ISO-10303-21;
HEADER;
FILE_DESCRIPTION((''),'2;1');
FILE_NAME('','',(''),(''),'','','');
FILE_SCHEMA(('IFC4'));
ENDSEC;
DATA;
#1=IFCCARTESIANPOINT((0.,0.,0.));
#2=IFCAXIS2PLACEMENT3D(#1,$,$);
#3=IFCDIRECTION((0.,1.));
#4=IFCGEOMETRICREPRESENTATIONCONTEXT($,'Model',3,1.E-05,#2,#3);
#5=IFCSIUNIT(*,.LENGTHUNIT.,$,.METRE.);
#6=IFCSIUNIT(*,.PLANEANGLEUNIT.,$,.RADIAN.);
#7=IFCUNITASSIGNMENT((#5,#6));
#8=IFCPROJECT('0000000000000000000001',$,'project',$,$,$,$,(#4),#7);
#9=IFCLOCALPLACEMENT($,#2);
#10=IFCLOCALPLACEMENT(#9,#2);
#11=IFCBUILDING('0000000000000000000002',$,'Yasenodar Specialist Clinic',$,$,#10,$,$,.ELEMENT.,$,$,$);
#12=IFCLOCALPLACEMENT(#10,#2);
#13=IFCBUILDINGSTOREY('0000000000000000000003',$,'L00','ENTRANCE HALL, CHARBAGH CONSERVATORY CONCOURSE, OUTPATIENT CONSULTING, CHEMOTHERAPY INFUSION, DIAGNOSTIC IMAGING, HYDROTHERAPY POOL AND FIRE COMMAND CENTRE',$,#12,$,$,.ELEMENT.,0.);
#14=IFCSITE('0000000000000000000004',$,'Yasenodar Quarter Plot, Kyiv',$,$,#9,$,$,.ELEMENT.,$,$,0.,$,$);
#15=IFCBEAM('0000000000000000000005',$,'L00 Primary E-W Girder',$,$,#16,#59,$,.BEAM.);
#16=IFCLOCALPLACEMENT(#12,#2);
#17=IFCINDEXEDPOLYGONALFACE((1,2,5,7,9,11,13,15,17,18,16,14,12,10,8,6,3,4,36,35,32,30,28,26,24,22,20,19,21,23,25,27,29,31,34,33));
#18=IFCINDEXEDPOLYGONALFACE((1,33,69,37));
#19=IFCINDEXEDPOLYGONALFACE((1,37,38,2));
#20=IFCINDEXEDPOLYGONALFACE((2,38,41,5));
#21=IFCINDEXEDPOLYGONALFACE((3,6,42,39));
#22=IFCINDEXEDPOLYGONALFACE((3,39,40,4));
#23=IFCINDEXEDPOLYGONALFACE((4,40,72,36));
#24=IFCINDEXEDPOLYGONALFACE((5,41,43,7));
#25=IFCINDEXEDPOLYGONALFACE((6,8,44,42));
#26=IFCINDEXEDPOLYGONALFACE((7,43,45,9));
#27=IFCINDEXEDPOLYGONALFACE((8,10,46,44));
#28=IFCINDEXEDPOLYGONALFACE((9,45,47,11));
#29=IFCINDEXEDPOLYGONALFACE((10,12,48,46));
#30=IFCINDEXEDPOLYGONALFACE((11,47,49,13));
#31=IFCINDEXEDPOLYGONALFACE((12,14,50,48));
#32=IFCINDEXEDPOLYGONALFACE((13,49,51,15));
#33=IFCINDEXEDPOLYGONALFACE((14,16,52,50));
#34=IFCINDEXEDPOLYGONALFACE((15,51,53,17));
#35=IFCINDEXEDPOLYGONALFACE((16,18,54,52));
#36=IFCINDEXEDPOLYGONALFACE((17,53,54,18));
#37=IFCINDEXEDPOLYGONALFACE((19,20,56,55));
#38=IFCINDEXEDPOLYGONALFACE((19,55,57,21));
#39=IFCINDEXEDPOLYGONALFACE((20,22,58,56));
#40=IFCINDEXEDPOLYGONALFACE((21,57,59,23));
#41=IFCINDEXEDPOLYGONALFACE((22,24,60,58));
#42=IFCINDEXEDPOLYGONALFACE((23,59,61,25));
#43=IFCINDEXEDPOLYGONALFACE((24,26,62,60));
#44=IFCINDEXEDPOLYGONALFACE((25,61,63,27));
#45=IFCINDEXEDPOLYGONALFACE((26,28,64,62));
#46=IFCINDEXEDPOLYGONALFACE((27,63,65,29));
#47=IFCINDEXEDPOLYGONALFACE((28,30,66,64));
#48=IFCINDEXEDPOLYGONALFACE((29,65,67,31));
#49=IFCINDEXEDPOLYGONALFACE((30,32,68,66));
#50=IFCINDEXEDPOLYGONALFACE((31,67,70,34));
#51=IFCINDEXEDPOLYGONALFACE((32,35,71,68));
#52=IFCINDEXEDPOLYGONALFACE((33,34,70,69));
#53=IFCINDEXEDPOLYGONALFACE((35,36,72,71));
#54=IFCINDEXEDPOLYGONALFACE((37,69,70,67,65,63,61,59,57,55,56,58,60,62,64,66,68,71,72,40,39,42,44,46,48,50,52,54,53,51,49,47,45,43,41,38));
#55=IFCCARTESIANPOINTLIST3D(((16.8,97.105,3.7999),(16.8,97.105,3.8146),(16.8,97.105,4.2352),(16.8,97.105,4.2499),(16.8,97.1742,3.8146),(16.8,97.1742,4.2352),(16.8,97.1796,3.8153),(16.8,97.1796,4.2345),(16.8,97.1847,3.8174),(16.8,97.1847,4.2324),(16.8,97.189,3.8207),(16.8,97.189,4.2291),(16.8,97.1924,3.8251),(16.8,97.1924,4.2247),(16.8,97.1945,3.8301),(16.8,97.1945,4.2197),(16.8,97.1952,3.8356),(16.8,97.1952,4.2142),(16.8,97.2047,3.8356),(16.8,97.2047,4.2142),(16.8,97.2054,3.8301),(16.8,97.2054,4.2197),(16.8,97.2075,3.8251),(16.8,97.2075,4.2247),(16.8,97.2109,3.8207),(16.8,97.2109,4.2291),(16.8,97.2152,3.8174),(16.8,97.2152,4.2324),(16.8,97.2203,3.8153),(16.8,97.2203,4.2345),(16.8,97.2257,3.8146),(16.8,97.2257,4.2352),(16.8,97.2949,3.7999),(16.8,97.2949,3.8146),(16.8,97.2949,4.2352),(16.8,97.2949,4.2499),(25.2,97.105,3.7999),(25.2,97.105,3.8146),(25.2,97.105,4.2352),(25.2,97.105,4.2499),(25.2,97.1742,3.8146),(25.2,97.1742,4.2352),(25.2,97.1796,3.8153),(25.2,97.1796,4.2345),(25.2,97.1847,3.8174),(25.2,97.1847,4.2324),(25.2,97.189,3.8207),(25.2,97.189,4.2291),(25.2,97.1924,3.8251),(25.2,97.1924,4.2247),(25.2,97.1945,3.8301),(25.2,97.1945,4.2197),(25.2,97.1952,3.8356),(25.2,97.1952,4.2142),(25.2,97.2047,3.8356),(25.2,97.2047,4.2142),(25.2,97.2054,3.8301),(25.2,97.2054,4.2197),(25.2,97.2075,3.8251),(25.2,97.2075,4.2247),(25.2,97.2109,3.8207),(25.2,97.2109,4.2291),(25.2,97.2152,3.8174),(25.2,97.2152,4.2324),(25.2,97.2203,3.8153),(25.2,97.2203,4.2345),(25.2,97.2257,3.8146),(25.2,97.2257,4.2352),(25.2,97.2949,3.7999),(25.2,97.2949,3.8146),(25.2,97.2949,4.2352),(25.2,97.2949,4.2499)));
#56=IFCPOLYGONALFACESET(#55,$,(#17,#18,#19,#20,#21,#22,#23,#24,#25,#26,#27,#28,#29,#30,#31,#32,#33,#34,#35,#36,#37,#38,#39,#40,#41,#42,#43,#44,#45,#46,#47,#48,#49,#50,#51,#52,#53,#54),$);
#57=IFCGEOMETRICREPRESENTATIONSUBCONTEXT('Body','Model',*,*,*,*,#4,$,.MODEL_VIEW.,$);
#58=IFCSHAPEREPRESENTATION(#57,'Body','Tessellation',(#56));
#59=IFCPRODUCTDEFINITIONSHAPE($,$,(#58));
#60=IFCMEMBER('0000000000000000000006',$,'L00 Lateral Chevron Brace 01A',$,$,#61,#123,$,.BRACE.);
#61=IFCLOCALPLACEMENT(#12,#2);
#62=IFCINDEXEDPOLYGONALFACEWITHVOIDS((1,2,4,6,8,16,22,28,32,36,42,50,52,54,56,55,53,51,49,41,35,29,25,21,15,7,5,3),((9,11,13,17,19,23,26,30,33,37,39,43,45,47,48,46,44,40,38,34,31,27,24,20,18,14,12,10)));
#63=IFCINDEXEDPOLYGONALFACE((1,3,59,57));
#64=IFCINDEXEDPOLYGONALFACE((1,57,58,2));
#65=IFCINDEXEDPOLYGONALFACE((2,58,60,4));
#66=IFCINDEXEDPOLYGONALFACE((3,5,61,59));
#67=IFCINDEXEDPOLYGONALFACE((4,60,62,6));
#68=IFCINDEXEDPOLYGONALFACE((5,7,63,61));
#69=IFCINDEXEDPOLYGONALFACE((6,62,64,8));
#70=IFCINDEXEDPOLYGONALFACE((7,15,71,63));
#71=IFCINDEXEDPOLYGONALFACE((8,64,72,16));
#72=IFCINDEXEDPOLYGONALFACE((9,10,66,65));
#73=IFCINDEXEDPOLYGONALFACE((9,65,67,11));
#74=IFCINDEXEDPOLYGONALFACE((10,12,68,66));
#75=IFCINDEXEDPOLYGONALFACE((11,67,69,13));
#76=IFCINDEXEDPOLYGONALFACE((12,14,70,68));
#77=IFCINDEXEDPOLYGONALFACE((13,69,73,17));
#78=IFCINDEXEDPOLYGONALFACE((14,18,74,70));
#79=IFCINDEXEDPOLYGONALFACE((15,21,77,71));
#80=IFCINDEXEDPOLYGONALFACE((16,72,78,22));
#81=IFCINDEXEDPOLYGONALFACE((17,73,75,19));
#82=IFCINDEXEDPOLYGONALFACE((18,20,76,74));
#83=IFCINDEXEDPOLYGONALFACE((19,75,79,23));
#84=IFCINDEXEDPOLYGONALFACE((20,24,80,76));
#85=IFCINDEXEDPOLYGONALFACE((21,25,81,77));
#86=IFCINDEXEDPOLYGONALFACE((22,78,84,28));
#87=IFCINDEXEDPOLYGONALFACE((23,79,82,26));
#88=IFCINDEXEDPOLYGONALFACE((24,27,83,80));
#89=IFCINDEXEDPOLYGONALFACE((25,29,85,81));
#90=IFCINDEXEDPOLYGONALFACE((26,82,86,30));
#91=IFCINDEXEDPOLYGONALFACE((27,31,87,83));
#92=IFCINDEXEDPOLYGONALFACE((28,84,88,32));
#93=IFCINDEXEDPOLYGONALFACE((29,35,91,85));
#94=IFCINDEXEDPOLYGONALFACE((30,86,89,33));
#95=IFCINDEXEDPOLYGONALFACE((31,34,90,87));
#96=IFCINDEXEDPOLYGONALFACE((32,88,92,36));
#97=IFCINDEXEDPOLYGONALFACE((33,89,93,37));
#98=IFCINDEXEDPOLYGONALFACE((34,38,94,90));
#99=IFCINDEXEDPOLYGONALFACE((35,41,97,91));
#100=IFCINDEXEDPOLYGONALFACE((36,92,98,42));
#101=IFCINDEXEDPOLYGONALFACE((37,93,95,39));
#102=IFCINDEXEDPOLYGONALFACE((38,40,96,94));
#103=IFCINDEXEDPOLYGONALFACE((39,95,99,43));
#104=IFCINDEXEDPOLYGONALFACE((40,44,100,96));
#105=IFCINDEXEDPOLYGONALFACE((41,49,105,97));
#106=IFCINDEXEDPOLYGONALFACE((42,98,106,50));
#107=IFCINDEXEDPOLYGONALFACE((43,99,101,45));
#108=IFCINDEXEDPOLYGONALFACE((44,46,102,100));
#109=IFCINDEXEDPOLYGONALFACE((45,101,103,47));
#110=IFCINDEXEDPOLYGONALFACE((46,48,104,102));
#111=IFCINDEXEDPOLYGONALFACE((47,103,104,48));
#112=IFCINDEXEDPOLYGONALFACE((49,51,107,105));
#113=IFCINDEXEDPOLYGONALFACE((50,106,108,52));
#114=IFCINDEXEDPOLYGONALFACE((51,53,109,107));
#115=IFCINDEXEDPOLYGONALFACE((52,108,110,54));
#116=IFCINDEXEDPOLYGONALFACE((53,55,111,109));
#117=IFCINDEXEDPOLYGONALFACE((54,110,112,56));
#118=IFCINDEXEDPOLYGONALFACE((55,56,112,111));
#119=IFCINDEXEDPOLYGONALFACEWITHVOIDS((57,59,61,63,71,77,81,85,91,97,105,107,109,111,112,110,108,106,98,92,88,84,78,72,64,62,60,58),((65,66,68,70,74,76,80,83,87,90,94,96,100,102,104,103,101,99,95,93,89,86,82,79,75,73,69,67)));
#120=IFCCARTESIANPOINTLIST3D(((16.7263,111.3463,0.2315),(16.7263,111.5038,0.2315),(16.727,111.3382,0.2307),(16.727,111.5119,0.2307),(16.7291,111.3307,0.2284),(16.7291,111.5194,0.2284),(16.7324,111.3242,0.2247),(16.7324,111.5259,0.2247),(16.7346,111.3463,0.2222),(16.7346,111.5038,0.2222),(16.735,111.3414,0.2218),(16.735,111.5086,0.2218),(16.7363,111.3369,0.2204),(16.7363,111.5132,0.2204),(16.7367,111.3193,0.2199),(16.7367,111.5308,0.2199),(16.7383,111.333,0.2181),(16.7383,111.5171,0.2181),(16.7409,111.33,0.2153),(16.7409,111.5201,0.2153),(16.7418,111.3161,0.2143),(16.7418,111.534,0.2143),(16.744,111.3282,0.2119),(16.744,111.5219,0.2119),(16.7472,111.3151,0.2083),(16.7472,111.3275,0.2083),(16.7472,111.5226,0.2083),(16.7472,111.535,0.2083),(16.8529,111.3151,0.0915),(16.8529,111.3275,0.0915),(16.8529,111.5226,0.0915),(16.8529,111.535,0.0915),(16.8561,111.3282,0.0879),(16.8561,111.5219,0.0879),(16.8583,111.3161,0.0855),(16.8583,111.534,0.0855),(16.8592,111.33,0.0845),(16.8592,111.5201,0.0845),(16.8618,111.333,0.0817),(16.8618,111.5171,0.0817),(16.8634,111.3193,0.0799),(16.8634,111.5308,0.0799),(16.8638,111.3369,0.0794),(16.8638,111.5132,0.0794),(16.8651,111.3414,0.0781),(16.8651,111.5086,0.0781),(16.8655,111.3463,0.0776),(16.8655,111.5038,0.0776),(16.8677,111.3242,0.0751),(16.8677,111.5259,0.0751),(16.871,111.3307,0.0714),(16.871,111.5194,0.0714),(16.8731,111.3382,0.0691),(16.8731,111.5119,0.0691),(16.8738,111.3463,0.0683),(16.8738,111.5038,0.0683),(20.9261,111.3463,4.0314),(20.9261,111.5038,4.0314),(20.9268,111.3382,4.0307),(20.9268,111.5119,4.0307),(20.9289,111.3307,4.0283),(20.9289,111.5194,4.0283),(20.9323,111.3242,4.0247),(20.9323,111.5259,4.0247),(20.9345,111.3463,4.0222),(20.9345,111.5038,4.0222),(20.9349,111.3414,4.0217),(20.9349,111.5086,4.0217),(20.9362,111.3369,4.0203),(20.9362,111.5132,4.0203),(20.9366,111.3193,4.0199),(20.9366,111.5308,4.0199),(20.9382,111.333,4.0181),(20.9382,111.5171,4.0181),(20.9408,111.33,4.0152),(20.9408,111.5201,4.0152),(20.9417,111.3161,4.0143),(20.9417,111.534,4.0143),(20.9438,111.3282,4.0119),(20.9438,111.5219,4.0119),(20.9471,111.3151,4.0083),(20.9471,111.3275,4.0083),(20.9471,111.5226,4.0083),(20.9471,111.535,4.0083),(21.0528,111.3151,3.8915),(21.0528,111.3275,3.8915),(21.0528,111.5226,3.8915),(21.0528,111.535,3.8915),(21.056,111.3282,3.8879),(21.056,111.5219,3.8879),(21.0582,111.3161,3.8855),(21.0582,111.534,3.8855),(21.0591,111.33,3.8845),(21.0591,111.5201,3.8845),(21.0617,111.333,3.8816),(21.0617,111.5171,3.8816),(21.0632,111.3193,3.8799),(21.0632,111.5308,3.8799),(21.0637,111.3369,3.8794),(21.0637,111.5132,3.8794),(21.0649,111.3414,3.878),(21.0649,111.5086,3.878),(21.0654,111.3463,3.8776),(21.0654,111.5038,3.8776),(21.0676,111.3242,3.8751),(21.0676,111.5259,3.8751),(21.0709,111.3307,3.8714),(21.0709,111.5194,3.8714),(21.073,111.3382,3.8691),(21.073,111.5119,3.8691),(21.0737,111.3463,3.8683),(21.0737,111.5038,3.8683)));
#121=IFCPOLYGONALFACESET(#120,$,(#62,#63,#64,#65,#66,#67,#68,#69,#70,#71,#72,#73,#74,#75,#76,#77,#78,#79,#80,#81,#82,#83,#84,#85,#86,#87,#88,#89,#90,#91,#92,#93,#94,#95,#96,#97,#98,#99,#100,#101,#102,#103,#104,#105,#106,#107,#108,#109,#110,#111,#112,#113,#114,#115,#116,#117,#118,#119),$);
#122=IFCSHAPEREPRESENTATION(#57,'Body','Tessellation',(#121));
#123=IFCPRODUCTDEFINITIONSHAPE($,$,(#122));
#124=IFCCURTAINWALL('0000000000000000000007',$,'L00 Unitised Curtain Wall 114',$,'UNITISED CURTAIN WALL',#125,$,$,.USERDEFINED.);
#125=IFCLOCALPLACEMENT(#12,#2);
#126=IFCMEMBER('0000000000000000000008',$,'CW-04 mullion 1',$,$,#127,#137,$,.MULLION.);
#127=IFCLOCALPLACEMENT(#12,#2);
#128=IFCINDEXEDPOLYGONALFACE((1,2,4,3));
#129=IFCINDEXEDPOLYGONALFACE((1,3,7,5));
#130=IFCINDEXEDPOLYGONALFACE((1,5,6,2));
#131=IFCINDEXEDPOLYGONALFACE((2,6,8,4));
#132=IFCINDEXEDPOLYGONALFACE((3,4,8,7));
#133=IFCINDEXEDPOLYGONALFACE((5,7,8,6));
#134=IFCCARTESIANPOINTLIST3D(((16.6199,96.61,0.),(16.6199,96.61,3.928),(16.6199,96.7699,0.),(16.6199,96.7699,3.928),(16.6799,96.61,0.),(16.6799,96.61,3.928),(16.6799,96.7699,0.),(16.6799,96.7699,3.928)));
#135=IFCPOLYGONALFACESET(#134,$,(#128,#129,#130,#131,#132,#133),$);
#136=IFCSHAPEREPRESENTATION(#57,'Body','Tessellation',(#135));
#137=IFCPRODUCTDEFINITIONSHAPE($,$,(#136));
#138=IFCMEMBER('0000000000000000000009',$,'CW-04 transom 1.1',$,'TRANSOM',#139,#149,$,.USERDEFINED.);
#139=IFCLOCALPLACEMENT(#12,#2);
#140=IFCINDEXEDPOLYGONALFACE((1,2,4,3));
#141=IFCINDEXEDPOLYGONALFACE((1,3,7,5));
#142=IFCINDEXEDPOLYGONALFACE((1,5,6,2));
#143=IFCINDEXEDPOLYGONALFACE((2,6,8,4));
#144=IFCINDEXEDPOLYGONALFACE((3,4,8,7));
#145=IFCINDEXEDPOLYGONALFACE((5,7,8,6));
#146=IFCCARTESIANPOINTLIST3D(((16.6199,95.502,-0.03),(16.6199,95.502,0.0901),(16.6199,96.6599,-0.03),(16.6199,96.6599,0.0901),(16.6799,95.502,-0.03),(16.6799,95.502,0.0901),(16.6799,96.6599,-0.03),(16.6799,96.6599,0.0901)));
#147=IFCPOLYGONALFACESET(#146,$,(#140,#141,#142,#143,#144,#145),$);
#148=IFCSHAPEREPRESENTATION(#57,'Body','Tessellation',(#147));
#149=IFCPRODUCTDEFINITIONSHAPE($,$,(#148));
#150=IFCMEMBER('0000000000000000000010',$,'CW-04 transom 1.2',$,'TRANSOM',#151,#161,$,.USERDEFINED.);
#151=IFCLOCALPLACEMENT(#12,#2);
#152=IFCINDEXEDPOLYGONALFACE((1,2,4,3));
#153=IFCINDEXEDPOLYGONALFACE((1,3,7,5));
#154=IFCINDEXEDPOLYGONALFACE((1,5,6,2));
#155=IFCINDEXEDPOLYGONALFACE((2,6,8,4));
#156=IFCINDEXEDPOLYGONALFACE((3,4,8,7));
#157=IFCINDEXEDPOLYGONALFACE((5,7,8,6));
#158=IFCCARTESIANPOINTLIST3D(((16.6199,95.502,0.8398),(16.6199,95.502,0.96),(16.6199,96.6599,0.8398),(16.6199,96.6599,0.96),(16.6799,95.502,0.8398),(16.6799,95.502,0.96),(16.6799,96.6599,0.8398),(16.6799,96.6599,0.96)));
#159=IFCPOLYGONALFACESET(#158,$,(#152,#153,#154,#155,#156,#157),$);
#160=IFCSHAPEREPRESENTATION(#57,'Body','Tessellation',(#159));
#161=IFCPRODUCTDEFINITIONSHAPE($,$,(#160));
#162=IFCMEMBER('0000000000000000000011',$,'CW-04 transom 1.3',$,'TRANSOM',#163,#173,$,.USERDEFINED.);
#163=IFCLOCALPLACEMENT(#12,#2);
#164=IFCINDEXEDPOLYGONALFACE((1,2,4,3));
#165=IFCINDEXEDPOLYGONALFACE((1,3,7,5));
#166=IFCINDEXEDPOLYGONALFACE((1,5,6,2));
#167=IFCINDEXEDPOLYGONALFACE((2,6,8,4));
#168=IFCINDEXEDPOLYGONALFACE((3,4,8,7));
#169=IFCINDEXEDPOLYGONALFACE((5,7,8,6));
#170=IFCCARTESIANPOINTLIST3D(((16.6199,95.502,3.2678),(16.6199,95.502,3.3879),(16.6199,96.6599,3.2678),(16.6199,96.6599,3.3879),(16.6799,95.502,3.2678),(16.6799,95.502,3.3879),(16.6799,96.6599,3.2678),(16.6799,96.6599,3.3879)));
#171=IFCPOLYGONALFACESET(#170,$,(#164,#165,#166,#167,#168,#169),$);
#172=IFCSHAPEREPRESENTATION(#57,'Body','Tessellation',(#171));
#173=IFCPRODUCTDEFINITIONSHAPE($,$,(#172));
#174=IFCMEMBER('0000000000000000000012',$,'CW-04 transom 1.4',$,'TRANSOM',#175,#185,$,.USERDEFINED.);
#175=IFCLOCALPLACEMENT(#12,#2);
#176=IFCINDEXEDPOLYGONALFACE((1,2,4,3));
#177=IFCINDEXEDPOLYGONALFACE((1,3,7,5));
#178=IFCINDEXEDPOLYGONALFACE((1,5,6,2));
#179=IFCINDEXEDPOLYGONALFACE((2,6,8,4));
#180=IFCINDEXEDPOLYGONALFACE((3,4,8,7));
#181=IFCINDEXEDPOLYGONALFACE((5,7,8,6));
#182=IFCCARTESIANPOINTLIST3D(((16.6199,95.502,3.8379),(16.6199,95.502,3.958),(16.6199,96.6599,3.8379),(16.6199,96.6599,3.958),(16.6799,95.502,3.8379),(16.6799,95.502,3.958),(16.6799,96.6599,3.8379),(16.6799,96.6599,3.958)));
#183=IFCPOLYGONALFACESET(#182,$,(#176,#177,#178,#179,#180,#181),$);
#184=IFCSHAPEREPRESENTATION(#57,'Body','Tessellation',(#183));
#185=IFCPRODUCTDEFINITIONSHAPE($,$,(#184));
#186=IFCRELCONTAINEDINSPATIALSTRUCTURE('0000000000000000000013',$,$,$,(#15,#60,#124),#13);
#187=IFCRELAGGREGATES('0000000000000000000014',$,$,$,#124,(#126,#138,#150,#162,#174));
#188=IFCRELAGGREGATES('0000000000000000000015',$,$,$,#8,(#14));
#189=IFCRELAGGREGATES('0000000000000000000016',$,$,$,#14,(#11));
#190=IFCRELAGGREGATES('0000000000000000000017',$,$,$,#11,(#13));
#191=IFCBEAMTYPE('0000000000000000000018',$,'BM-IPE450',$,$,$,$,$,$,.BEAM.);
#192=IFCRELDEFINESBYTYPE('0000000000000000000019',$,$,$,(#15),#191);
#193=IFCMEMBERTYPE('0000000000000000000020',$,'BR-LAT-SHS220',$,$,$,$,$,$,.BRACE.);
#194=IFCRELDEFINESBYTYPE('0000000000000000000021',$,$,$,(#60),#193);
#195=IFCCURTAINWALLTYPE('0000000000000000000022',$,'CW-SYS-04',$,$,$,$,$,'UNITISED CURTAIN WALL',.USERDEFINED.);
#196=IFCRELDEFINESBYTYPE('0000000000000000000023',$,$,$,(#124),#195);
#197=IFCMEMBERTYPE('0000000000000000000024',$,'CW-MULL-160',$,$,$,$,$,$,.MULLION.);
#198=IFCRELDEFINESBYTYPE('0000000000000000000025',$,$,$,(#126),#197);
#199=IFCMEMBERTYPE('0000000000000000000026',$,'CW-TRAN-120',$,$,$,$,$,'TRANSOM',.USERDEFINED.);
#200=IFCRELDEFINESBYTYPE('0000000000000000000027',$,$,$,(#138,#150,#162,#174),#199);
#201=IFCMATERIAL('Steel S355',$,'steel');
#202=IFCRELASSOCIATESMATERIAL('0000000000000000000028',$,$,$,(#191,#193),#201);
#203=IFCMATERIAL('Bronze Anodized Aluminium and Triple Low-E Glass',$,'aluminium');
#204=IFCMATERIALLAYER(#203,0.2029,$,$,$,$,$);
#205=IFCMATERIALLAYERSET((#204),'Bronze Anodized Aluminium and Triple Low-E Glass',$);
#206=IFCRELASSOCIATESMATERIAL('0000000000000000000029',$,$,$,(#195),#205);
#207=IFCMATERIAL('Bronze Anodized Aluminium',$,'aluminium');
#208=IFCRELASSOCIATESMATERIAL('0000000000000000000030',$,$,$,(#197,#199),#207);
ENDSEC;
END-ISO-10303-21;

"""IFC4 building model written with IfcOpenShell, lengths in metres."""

from ifc_helpers import new_model, si_unit, direction, frame, origin, origin_2d, place, context, subcontext, project, spatial, rectangle, hollow_rectangle, i_section, extrude, material, layer, layer_set, material_profile, profile_set, type_object, element, aggregate, save


model = new_model("IFC4")

# Units and contexts
model_context = context("Model", 3, precision=1e-05, world=origin(), true_north=direction((0.0, 1.0)))
body_context = subcontext(model_context, "Body", "Model", "MODEL_VIEW")
ifc_project = project(units=[si_unit("LENGTHUNIT", "METRE"), si_unit("PLANEANGLEUNIT", "RADIAN")], contexts=[model_context])

# Site, building, storey
site_placement = place(None, origin())
site = spatial("IfcSite", under=ifc_project, at=site_placement, Name="Yasenodar Quarter Plot, Kyiv", CompositionType="ELEMENT", RefElevation=0.0)
building_placement = place(site_placement, origin())
building = spatial("IfcBuilding", under=site, at=building_placement, Name="Yasenodar Specialist Clinic", CompositionType="ELEMENT")
storey_placement = place(building_placement, origin())
storey = spatial("IfcBuildingStorey", under=building, at=storey_placement, Name="L00", Description="ENTRANCE HALL, CHARBAGH CONSERVATORY CONCOURSE, OUTPATIENT CONSULTING, CHEMOTHERAPY INFUSION, DIAGNOSTIC IMAGING, HYDROTHERAPY POOL AND FIRE COMMAND CENTRE", CompositionType="ELEMENT", Elevation=0.0)

# Shared definitions
ifc_material_1 = material(Name="Steel S355", Category="steel")

# Beam
ifc_material_profile_1 = material_profile(ifc_material_1, i_section(OverallWidth=0.1899, OverallDepth=0.45, WebThickness=0.0095, FlangeThickness=0.0146, FilletRadius=0.021, at=origin_2d()), Name="IPE 450")
ifc_profile_set_1 = profile_set([ifc_material_profile_1], Name="Steel S355")
beam_type_1 = type_object("IfcBeamType", Name="BM-IPE450", PredefinedType="BEAM", material=ifc_profile_set_1)
beam_1_placement = place(storey_placement, frame((16.8, 97.2, 4.0249), z_axis=(1.0, 0.0, 0.0), x_axis=(0.0, 1.0, 0.0)))
element("IfcBeam", 1, at=beam_1_placement, inside=storey, type_object=beam_type_1, Name="L00 Primary E-W Girder", PredefinedType="BEAM", context=body_context, shape_type="SweptSolid", body=[
    extrude(i_section(OverallWidth=0.1899, OverallDepth=0.45, WebThickness=0.0095, FlangeThickness=0.0146, FilletRadius=0.021, at=origin_2d()), origin(), (0.0, 0.0, 1.0), 8.3999),
])

# Member
ifc_material_profile_2 = material_profile(ifc_material_1, hollow_rectangle(XDim=0.22, YDim=0.22, WallThickness=0.0125, InnerFilletRadius=0.0188, OuterFilletRadius=0.0312, at=origin_2d()), Name="SHS 220x220x12.5")
ifc_profile_set_2 = profile_set([ifc_material_profile_2], Name="Steel S355")
member_type_1 = type_object("IfcMemberType", Name="BR-LAT-SHS220", PredefinedType="BRACE", material=ifc_profile_set_2)
member_1_placement = place(storey_placement, frame((16.8, 111.425, 0.1499), z_axis=(0.741528, 0.0, 0.670922), x_axis=(0.0, 1.0, 0.0)))
element("IfcMember", 2, at=member_1_placement, inside=storey, type_object=member_type_1, Name="L00 Lateral Chevron Brace 01A", PredefinedType="BRACE", context=body_context, shape_type="SweptSolid", body=[
    extrude(hollow_rectangle(XDim=0.22, YDim=0.22, WallThickness=0.0125, InnerFilletRadius=0.0188, OuterFilletRadius=0.0312, at=origin_2d()), origin(), (0.0, 0.0, 1.0), 5.6638),
])

# Curtain wall, members
ifc_material_2 = material(Name="Bronze Anodized Aluminium and Triple Low-E Glass", Category="aluminium")
ifc_layer_1 = layer(ifc_material_2, 0.2029)
ifc_layer_set_1 = layer_set([ifc_layer_1], Name="Bronze Anodized Aluminium and Triple Low-E Glass")
curtain_wall_type = type_object("IfcCurtainWallType", Name="CW-SYS-04", ElementType="UNITISED CURTAIN WALL", PredefinedType="USERDEFINED", material=ifc_layer_set_1)
curtain_wall_placement = place(storey_placement, origin())
curtain_wall = element("IfcCurtainWall", 3, at=curtain_wall_placement, inside=storey, type_object=curtain_wall_type, Name="L00 Unitised Curtain Wall 114", ObjectType="UNITISED CURTAIN WALL", PredefinedType="USERDEFINED")
ifc_material_3 = material(Name="Bronze Anodized Aluminium", Category="aluminium")
ifc_material_profile_3 = material_profile(ifc_material_3, rectangle(XDim=0.0601, YDim=0.1599, at=origin_2d()), Name="CW-MULL 60x160")
ifc_profile_set_3 = profile_set([ifc_material_profile_3], Name="Bronze Anodized Aluminium")
member_type_2 = type_object("IfcMemberType", Name="CW-MULL-160", PredefinedType="MULLION", material=ifc_profile_set_3)
member_2_placement = place(storey_placement, frame((16.6499, 96.6899, 0.0), z_axis=(0.0, 0.0, 1.0), x_axis=(1.0, 0.0, 0.0)))
member_2 = element("IfcMember", 4, at=member_2_placement, type_object=member_type_2, Name="CW-04 mullion 1", PredefinedType="MULLION", context=body_context, shape_type="SweptSolid", body=[
    extrude(rectangle(XDim=0.0601, YDim=0.1599, at=origin_2d()), origin(), (0.0, 0.0, 1.0), 3.928),
])
ifc_material_profile_4 = material_profile(ifc_material_3, rectangle(XDim=0.0601, YDim=0.1201, at=origin_2d()), Name="CW-TRAN 60x120")
ifc_profile_set_4 = profile_set([ifc_material_profile_4], Name="Bronze Anodized Aluminium")
member_type_3 = type_object("IfcMemberType", Name="CW-TRAN-120", ElementType="TRANSOM", PredefinedType="USERDEFINED", material=ifc_profile_set_4)
member_3_placement = place(storey_placement, frame((16.6499, 96.6599, 0.03), z_axis=(0.0, -1.0, 0.0), x_axis=(1.0, 0.0, 0.0)))
member_3 = element("IfcMember", 5, at=member_3_placement, type_object=member_type_3, Name="CW-04 transom 1.1", ObjectType="TRANSOM", PredefinedType="USERDEFINED", context=body_context, shape_type="SweptSolid", body=[
    extrude(rectangle(XDim=0.0601, YDim=0.1201, at=origin_2d()), origin(), (0.0, 0.0, 1.0), 1.158),
])
member_4_placement = place(storey_placement, frame((16.6499, 96.6599, 0.8999), z_axis=(0.0, -1.0, 0.0), x_axis=(1.0, 0.0, 0.0)))
member_4 = element("IfcMember", 6, at=member_4_placement, type_object=member_type_3, Name="CW-04 transom 1.2", ObjectType="TRANSOM", PredefinedType="USERDEFINED", context=body_context, shape_type="SweptSolid", body=[
    extrude(rectangle(XDim=0.0601, YDim=0.1201, at=origin_2d()), origin(), (0.0, 0.0, 1.0), 1.158),
])
member_5_placement = place(storey_placement, frame((16.6499, 96.6599, 3.3279), z_axis=(0.0, -1.0, 0.0), x_axis=(1.0, 0.0, 0.0)))
member_5 = element("IfcMember", 7, at=member_5_placement, type_object=member_type_3, Name="CW-04 transom 1.3", ObjectType="TRANSOM", PredefinedType="USERDEFINED", context=body_context, shape_type="SweptSolid", body=[
    extrude(rectangle(XDim=0.0601, YDim=0.1201, at=origin_2d()), origin(), (0.0, 0.0, 1.0), 1.158),
])
member_6_placement = place(storey_placement, frame((16.6499, 96.6599, 3.8979), z_axis=(0.0, -1.0, 0.0), x_axis=(1.0, 0.0, 0.0)))
member_6 = element("IfcMember", 8, at=member_6_placement, type_object=member_type_3, Name="CW-04 transom 1.4", ObjectType="TRANSOM", PredefinedType="USERDEFINED", context=body_context, shape_type="SweptSolid", body=[
    extrude(rectangle(XDim=0.0601, YDim=0.1201, at=origin_2d()), origin(), (0.0, 0.0, 1.0), 1.158),
])
aggregate(curtain_wall, [member_2, member_3, member_4, member_5, member_6])

save(model, "model.ifc")
